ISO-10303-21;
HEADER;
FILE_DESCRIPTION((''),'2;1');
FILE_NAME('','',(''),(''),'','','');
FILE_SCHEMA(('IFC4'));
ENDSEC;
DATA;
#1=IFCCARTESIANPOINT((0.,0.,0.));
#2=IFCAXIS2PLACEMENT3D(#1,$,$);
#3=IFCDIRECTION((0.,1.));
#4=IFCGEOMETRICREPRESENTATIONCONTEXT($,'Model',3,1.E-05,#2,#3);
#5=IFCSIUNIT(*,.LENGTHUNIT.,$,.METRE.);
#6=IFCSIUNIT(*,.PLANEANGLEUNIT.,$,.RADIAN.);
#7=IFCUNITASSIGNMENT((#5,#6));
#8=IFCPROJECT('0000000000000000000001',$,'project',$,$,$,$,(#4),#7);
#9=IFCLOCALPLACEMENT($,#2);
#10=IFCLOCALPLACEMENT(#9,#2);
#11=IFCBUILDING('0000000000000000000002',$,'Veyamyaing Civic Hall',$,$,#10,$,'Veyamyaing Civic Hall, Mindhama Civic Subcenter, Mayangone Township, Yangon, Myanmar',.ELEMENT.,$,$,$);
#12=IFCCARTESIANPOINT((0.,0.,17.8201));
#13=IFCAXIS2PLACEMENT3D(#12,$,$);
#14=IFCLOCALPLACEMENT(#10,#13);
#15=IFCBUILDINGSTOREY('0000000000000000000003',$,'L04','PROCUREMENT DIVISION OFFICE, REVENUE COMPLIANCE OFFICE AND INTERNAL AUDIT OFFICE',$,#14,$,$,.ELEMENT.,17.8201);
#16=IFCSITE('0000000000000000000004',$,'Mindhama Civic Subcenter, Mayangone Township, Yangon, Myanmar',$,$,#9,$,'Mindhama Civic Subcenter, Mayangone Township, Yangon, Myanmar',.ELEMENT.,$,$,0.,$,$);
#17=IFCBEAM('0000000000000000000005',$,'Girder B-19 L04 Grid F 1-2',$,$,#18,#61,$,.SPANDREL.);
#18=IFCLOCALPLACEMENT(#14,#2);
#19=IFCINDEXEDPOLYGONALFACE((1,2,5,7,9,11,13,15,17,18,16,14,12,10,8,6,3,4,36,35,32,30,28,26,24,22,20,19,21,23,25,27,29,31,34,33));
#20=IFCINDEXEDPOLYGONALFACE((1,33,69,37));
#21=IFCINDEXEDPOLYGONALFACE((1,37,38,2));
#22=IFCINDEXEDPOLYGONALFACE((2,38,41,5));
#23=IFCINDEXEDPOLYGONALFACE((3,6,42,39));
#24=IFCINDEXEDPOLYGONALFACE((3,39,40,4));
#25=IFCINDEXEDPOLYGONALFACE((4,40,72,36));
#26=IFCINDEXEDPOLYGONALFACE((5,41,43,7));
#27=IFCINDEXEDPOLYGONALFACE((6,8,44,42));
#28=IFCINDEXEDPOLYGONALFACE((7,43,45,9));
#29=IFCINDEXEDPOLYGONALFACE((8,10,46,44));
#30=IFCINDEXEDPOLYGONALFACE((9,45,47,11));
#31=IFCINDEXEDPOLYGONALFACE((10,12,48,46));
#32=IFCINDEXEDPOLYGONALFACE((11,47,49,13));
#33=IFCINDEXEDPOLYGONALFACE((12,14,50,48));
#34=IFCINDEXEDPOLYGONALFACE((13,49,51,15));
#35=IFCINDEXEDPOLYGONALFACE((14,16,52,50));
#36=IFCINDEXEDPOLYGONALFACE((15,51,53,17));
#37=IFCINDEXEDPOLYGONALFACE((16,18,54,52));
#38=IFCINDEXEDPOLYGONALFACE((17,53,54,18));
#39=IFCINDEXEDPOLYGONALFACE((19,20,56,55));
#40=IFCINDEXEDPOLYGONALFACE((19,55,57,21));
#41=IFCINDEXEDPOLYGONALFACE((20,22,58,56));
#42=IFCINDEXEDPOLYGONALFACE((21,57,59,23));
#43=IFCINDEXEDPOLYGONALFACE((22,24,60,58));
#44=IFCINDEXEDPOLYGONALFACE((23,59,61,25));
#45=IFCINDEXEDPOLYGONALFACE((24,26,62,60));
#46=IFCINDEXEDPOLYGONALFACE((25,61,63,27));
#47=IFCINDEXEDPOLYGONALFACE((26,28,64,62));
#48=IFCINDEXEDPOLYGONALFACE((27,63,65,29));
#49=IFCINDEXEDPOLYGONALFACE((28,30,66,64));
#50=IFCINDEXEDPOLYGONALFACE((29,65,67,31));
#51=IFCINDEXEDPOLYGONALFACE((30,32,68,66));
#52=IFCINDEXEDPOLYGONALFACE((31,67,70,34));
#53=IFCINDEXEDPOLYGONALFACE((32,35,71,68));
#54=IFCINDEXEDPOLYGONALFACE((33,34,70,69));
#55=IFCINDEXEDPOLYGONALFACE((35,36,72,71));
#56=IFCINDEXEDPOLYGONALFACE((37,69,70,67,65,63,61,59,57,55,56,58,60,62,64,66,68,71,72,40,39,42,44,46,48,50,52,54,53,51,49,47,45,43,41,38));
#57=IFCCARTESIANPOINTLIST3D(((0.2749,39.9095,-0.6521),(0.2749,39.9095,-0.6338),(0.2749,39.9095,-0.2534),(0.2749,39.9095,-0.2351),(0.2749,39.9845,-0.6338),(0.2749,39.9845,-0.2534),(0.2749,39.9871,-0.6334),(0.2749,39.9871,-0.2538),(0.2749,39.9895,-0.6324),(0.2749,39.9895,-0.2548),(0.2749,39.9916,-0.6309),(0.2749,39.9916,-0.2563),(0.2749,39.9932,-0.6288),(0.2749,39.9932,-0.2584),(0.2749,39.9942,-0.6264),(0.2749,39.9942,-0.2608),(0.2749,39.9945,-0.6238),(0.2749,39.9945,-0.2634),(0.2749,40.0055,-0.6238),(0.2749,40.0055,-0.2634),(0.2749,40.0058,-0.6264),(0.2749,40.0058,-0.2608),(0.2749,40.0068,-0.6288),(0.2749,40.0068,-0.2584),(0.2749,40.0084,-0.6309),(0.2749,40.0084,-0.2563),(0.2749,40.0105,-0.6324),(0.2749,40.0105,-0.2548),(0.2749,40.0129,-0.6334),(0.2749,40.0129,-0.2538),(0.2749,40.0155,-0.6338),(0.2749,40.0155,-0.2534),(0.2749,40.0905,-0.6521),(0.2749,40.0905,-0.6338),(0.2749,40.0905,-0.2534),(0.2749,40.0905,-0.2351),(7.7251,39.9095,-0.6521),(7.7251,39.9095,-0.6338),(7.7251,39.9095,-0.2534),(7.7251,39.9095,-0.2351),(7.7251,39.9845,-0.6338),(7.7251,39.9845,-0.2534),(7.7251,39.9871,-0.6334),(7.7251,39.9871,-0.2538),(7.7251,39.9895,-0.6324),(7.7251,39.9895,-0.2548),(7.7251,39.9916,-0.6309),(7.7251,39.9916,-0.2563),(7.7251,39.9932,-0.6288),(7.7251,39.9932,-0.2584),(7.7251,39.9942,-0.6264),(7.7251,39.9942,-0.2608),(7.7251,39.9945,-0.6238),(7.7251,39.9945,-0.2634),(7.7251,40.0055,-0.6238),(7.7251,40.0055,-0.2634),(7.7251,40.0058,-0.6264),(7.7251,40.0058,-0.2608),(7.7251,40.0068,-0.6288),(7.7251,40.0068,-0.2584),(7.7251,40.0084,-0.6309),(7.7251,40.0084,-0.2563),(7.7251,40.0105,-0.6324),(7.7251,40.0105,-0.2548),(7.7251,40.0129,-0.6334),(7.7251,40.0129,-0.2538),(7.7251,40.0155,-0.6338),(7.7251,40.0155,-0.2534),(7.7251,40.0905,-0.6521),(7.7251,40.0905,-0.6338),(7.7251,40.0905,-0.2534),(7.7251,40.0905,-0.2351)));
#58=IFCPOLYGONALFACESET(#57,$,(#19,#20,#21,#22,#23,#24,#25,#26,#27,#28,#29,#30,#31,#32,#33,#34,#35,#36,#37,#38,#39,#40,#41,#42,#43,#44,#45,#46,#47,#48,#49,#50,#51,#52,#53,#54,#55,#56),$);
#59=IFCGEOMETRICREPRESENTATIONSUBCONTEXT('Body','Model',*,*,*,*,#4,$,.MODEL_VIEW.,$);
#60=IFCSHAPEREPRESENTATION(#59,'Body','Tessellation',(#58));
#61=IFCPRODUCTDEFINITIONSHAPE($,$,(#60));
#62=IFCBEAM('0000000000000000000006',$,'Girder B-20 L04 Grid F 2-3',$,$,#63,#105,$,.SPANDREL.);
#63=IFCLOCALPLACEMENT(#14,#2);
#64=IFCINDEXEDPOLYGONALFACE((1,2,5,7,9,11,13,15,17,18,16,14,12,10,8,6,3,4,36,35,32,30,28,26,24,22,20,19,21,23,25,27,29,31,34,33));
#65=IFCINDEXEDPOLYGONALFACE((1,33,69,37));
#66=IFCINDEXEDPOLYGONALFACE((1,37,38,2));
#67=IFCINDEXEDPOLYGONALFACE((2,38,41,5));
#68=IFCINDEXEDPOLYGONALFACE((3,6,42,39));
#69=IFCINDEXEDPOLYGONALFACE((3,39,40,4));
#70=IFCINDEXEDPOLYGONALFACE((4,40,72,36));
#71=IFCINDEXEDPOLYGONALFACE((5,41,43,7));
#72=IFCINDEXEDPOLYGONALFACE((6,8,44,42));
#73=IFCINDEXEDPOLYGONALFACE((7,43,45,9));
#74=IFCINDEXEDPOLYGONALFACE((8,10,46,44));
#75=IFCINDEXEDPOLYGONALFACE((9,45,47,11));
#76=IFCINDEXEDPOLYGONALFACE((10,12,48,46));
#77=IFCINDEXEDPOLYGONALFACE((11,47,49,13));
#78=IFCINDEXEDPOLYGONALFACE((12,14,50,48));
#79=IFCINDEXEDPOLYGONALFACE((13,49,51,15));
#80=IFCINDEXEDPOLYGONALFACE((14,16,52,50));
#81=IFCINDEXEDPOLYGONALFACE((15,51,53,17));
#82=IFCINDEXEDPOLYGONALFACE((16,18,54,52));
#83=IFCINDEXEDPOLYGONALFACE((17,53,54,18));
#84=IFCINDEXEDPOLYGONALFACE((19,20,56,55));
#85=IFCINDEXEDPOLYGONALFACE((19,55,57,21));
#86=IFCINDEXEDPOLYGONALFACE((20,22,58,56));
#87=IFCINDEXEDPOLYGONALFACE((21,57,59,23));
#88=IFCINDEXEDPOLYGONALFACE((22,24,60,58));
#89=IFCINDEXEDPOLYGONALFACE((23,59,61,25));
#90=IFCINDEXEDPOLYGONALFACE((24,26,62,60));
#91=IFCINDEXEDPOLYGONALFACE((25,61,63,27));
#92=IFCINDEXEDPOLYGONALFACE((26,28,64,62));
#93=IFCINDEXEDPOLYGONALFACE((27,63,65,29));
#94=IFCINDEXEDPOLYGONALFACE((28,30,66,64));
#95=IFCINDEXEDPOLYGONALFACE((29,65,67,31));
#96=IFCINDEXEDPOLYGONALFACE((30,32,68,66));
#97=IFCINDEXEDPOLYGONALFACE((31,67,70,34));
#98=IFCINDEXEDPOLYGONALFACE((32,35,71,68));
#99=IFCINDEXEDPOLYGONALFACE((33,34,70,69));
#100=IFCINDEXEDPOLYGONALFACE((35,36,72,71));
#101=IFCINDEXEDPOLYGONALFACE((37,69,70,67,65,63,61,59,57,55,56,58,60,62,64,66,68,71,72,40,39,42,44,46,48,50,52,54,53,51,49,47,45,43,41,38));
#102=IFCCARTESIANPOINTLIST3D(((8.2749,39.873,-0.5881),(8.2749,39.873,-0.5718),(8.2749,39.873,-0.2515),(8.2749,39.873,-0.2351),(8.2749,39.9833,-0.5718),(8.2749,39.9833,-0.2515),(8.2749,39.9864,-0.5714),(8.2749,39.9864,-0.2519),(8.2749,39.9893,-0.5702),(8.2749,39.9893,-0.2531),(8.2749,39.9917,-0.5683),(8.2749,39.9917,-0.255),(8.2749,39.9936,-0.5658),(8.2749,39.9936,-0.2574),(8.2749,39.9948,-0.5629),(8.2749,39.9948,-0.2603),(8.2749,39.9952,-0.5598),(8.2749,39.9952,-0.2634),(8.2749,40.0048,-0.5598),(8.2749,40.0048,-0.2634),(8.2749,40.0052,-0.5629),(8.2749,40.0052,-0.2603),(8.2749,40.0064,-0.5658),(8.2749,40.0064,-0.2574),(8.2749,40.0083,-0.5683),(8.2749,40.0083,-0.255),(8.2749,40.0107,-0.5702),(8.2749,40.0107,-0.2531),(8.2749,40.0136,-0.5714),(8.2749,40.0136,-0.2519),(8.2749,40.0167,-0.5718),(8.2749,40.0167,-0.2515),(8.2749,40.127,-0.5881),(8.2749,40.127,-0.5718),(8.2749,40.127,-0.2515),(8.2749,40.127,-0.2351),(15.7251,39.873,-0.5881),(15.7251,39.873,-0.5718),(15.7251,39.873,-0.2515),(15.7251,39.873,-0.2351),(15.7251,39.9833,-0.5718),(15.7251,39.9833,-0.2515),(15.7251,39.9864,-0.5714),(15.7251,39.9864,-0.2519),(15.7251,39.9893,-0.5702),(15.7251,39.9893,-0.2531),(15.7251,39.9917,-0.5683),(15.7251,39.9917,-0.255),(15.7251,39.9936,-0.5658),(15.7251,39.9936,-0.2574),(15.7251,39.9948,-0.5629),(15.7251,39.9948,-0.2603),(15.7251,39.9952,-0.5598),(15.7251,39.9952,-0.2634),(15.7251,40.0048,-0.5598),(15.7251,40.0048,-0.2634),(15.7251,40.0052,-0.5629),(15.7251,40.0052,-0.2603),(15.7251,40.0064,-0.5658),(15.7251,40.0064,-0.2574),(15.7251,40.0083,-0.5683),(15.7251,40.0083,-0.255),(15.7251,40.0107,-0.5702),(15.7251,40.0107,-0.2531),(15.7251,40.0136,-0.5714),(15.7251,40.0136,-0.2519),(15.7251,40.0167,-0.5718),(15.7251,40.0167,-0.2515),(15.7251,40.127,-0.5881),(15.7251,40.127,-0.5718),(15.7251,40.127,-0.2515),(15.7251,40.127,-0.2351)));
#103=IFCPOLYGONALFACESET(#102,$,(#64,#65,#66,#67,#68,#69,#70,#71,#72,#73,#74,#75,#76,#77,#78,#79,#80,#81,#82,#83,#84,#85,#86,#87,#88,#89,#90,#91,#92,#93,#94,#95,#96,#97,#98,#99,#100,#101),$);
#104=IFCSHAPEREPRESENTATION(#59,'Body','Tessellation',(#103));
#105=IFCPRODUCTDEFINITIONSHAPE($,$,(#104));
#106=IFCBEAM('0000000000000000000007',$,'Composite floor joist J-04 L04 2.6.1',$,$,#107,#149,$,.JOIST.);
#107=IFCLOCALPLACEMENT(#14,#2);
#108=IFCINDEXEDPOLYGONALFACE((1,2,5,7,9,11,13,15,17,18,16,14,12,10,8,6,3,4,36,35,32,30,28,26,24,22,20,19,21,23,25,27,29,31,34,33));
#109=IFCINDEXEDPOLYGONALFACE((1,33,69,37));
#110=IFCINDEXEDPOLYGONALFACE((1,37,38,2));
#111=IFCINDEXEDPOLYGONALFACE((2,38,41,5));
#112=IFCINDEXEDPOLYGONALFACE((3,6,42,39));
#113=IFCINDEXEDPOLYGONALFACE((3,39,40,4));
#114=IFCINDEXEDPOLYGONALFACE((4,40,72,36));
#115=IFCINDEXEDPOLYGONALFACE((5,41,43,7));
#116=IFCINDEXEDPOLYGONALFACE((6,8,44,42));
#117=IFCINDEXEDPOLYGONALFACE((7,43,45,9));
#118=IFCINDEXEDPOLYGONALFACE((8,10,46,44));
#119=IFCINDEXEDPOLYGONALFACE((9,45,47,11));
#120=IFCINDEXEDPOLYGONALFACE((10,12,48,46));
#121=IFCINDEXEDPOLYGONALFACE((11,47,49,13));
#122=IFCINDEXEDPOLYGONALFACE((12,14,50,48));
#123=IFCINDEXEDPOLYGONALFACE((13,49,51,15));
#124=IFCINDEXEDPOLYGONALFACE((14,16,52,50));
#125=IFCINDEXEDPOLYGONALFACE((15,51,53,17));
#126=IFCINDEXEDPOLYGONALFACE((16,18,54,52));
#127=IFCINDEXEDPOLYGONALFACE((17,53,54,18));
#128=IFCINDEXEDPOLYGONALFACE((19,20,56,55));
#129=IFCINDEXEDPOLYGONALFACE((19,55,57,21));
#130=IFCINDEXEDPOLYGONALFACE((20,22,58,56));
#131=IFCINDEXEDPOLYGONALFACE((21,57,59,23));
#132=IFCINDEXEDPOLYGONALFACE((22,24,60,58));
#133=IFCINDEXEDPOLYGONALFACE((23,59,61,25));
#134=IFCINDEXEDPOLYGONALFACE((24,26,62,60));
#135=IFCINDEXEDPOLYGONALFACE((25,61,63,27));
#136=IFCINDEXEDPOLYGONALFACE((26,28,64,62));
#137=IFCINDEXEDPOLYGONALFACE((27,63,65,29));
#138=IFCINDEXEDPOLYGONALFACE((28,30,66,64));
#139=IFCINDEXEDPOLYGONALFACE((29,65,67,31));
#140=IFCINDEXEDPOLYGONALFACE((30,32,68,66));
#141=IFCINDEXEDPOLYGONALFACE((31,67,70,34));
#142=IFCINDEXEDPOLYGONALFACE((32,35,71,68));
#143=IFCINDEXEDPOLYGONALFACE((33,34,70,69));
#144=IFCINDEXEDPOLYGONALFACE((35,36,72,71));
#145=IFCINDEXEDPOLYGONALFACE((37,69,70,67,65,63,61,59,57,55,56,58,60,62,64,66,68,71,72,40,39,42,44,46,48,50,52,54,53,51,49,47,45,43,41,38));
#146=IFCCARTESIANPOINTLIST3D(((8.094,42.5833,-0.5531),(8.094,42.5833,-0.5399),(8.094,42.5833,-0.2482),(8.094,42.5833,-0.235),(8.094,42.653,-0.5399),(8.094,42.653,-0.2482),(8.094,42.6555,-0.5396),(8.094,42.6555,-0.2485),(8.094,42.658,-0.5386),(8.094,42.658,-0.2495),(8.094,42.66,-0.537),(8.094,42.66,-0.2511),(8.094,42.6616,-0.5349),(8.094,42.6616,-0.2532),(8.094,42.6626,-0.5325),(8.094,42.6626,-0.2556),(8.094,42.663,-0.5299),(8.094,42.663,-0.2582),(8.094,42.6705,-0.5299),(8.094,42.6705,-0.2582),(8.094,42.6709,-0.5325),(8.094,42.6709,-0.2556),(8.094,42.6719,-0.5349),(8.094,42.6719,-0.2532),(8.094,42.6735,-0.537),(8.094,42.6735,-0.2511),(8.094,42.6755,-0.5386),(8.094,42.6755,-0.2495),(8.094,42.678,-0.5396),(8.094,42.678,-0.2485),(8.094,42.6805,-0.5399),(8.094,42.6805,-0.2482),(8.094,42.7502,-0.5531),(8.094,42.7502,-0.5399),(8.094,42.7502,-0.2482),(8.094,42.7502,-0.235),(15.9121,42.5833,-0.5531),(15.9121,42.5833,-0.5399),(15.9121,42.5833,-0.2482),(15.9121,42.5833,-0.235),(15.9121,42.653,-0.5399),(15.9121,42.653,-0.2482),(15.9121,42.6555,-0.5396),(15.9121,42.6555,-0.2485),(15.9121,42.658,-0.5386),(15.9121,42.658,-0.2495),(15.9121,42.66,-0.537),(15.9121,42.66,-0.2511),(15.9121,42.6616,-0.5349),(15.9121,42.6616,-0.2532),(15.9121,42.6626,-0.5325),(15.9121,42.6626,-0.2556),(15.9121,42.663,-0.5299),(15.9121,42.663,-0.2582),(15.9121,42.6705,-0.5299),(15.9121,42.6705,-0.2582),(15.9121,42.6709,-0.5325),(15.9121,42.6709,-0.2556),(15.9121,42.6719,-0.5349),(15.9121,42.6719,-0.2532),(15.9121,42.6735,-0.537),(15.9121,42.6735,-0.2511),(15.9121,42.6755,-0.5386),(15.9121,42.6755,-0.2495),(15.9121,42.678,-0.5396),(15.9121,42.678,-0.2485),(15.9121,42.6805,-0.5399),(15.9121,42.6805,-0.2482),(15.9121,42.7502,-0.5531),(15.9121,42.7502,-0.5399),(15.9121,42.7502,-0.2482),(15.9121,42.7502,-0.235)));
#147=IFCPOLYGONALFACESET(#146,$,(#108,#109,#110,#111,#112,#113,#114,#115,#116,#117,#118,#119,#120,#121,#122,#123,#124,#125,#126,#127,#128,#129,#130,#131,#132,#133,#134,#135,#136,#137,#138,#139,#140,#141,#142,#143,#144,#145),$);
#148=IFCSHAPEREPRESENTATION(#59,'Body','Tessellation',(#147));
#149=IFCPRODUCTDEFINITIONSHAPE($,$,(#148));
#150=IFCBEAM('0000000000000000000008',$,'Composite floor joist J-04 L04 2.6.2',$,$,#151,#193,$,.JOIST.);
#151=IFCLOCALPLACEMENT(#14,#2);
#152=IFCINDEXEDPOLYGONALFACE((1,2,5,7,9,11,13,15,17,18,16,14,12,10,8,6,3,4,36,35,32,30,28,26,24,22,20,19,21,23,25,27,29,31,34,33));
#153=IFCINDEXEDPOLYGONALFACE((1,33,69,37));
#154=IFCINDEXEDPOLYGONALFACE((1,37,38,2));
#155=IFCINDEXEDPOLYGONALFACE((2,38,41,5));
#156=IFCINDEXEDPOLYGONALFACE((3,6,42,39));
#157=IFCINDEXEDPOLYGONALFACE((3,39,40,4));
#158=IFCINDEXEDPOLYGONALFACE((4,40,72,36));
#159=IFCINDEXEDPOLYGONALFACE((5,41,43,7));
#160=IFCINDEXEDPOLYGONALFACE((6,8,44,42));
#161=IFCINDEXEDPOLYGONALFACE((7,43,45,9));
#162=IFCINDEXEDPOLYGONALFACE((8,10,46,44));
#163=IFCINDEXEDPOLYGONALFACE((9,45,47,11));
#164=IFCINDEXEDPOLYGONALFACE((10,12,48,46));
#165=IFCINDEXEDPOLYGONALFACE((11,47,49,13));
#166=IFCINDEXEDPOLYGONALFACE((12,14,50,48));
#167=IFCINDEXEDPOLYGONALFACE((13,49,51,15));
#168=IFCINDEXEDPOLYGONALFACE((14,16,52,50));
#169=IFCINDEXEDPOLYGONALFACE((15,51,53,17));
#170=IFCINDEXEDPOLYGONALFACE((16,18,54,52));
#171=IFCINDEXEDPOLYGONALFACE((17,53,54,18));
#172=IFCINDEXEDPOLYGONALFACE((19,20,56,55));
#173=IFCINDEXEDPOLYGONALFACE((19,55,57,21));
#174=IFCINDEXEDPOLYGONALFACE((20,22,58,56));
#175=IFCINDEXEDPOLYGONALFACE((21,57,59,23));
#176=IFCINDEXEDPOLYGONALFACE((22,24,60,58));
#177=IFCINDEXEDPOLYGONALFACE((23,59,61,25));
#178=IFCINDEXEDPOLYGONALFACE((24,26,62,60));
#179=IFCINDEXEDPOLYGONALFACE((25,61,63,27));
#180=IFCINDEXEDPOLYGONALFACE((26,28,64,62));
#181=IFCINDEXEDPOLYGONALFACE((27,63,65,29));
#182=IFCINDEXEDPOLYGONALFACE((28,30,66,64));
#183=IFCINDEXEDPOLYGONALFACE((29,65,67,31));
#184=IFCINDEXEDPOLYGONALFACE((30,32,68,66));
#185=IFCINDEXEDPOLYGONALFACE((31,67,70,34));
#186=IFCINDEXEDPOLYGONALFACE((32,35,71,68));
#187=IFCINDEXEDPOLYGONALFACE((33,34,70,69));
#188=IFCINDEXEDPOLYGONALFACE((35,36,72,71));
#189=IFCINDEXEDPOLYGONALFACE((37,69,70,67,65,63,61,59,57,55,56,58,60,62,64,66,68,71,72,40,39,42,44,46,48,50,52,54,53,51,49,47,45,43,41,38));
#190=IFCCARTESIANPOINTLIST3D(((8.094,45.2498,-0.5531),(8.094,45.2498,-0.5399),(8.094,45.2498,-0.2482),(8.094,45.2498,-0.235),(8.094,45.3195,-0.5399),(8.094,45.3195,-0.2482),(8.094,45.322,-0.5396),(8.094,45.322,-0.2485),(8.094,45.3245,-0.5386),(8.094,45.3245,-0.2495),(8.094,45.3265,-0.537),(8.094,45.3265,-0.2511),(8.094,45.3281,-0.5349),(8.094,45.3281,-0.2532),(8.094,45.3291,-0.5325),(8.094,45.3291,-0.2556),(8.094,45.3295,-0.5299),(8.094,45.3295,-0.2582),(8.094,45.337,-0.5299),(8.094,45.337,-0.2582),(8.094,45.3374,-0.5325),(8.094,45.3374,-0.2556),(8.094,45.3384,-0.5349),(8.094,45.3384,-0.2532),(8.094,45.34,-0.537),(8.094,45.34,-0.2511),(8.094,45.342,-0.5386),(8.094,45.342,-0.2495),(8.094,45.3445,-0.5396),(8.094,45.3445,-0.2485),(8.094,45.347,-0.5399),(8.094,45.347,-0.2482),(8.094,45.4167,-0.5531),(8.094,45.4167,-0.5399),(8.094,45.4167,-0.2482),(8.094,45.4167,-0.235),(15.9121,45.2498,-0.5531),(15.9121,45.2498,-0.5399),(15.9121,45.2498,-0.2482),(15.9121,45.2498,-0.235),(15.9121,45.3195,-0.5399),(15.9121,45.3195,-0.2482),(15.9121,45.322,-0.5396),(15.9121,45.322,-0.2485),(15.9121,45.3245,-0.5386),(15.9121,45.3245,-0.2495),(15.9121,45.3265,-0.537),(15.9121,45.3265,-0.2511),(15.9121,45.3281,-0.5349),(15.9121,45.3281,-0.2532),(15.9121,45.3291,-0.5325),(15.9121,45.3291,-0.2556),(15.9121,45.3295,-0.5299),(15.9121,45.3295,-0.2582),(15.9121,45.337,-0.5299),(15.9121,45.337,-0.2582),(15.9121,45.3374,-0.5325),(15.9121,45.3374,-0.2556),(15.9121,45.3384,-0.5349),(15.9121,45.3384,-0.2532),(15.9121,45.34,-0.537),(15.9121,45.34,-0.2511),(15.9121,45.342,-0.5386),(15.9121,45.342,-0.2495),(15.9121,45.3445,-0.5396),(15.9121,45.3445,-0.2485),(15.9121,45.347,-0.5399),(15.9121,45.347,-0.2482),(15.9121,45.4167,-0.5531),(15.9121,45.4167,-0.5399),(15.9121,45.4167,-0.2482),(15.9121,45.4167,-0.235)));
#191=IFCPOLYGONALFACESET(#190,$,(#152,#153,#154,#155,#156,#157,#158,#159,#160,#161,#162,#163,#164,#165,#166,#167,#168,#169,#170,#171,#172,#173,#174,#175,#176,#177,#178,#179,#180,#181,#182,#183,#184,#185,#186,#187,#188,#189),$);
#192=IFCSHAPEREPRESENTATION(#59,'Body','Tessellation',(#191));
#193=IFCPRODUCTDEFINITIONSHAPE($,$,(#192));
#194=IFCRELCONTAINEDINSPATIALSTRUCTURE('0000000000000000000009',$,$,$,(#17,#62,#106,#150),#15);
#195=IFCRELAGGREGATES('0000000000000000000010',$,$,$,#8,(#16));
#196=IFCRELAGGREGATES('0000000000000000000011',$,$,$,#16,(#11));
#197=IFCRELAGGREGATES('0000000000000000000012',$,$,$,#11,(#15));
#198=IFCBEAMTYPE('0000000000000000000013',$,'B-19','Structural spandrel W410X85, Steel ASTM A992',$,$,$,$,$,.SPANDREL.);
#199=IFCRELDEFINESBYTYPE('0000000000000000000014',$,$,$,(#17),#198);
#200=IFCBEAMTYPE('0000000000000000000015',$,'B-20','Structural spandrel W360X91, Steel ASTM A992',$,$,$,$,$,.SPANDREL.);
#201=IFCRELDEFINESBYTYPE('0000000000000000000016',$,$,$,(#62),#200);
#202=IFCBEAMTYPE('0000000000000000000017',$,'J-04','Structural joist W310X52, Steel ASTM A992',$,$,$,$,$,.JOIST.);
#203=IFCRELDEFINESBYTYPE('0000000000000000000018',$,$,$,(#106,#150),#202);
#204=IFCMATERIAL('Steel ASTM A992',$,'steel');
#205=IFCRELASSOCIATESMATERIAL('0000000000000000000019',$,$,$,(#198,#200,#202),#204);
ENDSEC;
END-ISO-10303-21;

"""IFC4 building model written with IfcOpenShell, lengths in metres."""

from ifc_helpers import new_model, si_unit, direction, frame, origin, origin_2d, place, context, subcontext, project, spatial, i_section, extrude, material, material_profile, profile_set, type_object, element, save


model = new_model("IFC4")

# Units and contexts
model_context = context("Model", 3, precision=1e-05, world=origin(), true_north=direction((0.0, 1.0)))
body_context = subcontext(model_context, "Body", "Model", "MODEL_VIEW")
ifc_project = project(units=[si_unit("LENGTHUNIT", "METRE"), si_unit("PLANEANGLEUNIT", "RADIAN")], contexts=[model_context])

# Site, building, storey
site_placement = place(None, origin())
site = spatial("IfcSite", under=ifc_project, at=site_placement, Name="Mindhama Civic Subcenter, Mayangone Township, Yangon, Myanmar", LongName="Mindhama Civic Subcenter, Mayangone Township, Yangon, Myanmar", CompositionType="ELEMENT", RefElevation=0.0)
building_placement = place(site_placement, origin())
building = spatial("IfcBuilding", under=site, at=building_placement, Name="Veyamyaing Civic Hall", LongName="Veyamyaing Civic Hall, Mindhama Civic Subcenter, Mayangone Township, Yangon, Myanmar", CompositionType="ELEMENT")
storey_placement = place(building_placement, frame((0.0, 0.0, 17.8201)))
storey = spatial("IfcBuildingStorey", under=building, at=storey_placement, Name="L04", Description="PROCUREMENT DIVISION OFFICE, REVENUE COMPLIANCE OFFICE AND INTERNAL AUDIT OFFICE", CompositionType="ELEMENT", Elevation=17.8201)

# Beams
ifc_material_1 = material(Name="Steel ASTM A992", Category="steel")
ifc_material_profile_1 = material_profile(ifc_material_1, i_section(OverallWidth=0.1809, OverallDepth=0.417, WebThickness=0.011, FlangeThickness=0.0183, FilletRadius=0.01, at=origin_2d()), Name="W410X85")
ifc_profile_set_1 = profile_set([ifc_material_profile_1], Name="Steel ASTM A992")
beam_type_1 = type_object("IfcBeamType", Name="B-19", Description="Structural spandrel W410X85, Steel ASTM A992", PredefinedType="SPANDREL", material=ifc_profile_set_1)
beam_1_placement = place(storey_placement, frame((0.2749, 40.0, -0.4436), z_axis=(1.0, 0.0, 0.0), x_axis=(0.0, 1.0, 0.0)))
element("IfcBeam", 1, at=beam_1_placement, inside=storey, type_object=beam_type_1, Name="Girder B-19 L04 Grid F 1-2", PredefinedType="SPANDREL", context=body_context, shape_type="SweptSolid", body=[
    extrude(i_section(OverallWidth=0.1809, OverallDepth=0.417, WebThickness=0.011, FlangeThickness=0.0183, FilletRadius=0.01, at=origin_2d()), origin(), (0.0, 0.0, 1.0), 7.4502),
])
ifc_material_profile_2 = material_profile(ifc_material_1, i_section(OverallWidth=0.2539, OverallDepth=0.353, WebThickness=0.0095, FlangeThickness=0.0164, FilletRadius=0.012, at=origin_2d()), Name="W360X91")
ifc_profile_set_2 = profile_set([ifc_material_profile_2], Name="Steel ASTM A992")
beam_type_2 = type_object("IfcBeamType", Name="B-20", Description="Structural spandrel W360X91, Steel ASTM A992", PredefinedType="SPANDREL", material=ifc_profile_set_2)
beam_2_placement = place(storey_placement, frame((8.2749, 40.0, -0.4116), z_axis=(1.0, 0.0, 0.0), x_axis=(0.0, 1.0, 0.0)))
element("IfcBeam", 2, at=beam_2_placement, inside=storey, type_object=beam_type_2, Name="Girder B-20 L04 Grid F 2-3", PredefinedType="SPANDREL", context=body_context, shape_type="SweptSolid", body=[
    extrude(i_section(OverallWidth=0.2539, OverallDepth=0.353, WebThickness=0.0095, FlangeThickness=0.0164, FilletRadius=0.012, at=origin_2d()), origin(), (0.0, 0.0, 1.0), 7.4502),
])
ifc_material_profile_3 = material_profile(ifc_material_1, i_section(OverallWidth=0.167, OverallDepth=0.3181, WebThickness=0.0076, FlangeThickness=0.0132, FilletRadius=0.01, at=origin_2d()), Name="W310X52")
ifc_profile_set_3 = profile_set([ifc_material_profile_3], Name="Steel ASTM A992")
beam_type_3 = type_object("IfcBeamType", Name="J-04", Description="Structural joist W310X52, Steel ASTM A992", PredefinedType="JOIST", material=ifc_profile_set_3)
for number, where, z_axis, x_axis, name in (
    (3, (8.094, 42.6667, -0.394), (1.0, 0.0, 0.0), (0.0, 1.0, 0.0), "Composite floor joist J-04 L04 2.6.1"),
    (4, (8.094, 45.3333, -0.394), (1.0, 0.0, 0.0), (0.0, 1.0, 0.0), "Composite floor joist J-04 L04 2.6.2"),
):
    element("IfcBeam", number, at=place(storey_placement, frame(where, z_axis=z_axis, x_axis=x_axis)), inside=storey, type_object=beam_type_3, Name=name, PredefinedType="JOIST", context=body_context, shape_type="SweptSolid", body=[
        extrude(i_section(OverallWidth=0.167, OverallDepth=0.3181, WebThickness=0.0076, FlangeThickness=0.0132, FilletRadius=0.01, at=origin_2d()), origin(), (0.0, 0.0, 1.0), 7.8181),
    ])

save(model, "model.ifc")
